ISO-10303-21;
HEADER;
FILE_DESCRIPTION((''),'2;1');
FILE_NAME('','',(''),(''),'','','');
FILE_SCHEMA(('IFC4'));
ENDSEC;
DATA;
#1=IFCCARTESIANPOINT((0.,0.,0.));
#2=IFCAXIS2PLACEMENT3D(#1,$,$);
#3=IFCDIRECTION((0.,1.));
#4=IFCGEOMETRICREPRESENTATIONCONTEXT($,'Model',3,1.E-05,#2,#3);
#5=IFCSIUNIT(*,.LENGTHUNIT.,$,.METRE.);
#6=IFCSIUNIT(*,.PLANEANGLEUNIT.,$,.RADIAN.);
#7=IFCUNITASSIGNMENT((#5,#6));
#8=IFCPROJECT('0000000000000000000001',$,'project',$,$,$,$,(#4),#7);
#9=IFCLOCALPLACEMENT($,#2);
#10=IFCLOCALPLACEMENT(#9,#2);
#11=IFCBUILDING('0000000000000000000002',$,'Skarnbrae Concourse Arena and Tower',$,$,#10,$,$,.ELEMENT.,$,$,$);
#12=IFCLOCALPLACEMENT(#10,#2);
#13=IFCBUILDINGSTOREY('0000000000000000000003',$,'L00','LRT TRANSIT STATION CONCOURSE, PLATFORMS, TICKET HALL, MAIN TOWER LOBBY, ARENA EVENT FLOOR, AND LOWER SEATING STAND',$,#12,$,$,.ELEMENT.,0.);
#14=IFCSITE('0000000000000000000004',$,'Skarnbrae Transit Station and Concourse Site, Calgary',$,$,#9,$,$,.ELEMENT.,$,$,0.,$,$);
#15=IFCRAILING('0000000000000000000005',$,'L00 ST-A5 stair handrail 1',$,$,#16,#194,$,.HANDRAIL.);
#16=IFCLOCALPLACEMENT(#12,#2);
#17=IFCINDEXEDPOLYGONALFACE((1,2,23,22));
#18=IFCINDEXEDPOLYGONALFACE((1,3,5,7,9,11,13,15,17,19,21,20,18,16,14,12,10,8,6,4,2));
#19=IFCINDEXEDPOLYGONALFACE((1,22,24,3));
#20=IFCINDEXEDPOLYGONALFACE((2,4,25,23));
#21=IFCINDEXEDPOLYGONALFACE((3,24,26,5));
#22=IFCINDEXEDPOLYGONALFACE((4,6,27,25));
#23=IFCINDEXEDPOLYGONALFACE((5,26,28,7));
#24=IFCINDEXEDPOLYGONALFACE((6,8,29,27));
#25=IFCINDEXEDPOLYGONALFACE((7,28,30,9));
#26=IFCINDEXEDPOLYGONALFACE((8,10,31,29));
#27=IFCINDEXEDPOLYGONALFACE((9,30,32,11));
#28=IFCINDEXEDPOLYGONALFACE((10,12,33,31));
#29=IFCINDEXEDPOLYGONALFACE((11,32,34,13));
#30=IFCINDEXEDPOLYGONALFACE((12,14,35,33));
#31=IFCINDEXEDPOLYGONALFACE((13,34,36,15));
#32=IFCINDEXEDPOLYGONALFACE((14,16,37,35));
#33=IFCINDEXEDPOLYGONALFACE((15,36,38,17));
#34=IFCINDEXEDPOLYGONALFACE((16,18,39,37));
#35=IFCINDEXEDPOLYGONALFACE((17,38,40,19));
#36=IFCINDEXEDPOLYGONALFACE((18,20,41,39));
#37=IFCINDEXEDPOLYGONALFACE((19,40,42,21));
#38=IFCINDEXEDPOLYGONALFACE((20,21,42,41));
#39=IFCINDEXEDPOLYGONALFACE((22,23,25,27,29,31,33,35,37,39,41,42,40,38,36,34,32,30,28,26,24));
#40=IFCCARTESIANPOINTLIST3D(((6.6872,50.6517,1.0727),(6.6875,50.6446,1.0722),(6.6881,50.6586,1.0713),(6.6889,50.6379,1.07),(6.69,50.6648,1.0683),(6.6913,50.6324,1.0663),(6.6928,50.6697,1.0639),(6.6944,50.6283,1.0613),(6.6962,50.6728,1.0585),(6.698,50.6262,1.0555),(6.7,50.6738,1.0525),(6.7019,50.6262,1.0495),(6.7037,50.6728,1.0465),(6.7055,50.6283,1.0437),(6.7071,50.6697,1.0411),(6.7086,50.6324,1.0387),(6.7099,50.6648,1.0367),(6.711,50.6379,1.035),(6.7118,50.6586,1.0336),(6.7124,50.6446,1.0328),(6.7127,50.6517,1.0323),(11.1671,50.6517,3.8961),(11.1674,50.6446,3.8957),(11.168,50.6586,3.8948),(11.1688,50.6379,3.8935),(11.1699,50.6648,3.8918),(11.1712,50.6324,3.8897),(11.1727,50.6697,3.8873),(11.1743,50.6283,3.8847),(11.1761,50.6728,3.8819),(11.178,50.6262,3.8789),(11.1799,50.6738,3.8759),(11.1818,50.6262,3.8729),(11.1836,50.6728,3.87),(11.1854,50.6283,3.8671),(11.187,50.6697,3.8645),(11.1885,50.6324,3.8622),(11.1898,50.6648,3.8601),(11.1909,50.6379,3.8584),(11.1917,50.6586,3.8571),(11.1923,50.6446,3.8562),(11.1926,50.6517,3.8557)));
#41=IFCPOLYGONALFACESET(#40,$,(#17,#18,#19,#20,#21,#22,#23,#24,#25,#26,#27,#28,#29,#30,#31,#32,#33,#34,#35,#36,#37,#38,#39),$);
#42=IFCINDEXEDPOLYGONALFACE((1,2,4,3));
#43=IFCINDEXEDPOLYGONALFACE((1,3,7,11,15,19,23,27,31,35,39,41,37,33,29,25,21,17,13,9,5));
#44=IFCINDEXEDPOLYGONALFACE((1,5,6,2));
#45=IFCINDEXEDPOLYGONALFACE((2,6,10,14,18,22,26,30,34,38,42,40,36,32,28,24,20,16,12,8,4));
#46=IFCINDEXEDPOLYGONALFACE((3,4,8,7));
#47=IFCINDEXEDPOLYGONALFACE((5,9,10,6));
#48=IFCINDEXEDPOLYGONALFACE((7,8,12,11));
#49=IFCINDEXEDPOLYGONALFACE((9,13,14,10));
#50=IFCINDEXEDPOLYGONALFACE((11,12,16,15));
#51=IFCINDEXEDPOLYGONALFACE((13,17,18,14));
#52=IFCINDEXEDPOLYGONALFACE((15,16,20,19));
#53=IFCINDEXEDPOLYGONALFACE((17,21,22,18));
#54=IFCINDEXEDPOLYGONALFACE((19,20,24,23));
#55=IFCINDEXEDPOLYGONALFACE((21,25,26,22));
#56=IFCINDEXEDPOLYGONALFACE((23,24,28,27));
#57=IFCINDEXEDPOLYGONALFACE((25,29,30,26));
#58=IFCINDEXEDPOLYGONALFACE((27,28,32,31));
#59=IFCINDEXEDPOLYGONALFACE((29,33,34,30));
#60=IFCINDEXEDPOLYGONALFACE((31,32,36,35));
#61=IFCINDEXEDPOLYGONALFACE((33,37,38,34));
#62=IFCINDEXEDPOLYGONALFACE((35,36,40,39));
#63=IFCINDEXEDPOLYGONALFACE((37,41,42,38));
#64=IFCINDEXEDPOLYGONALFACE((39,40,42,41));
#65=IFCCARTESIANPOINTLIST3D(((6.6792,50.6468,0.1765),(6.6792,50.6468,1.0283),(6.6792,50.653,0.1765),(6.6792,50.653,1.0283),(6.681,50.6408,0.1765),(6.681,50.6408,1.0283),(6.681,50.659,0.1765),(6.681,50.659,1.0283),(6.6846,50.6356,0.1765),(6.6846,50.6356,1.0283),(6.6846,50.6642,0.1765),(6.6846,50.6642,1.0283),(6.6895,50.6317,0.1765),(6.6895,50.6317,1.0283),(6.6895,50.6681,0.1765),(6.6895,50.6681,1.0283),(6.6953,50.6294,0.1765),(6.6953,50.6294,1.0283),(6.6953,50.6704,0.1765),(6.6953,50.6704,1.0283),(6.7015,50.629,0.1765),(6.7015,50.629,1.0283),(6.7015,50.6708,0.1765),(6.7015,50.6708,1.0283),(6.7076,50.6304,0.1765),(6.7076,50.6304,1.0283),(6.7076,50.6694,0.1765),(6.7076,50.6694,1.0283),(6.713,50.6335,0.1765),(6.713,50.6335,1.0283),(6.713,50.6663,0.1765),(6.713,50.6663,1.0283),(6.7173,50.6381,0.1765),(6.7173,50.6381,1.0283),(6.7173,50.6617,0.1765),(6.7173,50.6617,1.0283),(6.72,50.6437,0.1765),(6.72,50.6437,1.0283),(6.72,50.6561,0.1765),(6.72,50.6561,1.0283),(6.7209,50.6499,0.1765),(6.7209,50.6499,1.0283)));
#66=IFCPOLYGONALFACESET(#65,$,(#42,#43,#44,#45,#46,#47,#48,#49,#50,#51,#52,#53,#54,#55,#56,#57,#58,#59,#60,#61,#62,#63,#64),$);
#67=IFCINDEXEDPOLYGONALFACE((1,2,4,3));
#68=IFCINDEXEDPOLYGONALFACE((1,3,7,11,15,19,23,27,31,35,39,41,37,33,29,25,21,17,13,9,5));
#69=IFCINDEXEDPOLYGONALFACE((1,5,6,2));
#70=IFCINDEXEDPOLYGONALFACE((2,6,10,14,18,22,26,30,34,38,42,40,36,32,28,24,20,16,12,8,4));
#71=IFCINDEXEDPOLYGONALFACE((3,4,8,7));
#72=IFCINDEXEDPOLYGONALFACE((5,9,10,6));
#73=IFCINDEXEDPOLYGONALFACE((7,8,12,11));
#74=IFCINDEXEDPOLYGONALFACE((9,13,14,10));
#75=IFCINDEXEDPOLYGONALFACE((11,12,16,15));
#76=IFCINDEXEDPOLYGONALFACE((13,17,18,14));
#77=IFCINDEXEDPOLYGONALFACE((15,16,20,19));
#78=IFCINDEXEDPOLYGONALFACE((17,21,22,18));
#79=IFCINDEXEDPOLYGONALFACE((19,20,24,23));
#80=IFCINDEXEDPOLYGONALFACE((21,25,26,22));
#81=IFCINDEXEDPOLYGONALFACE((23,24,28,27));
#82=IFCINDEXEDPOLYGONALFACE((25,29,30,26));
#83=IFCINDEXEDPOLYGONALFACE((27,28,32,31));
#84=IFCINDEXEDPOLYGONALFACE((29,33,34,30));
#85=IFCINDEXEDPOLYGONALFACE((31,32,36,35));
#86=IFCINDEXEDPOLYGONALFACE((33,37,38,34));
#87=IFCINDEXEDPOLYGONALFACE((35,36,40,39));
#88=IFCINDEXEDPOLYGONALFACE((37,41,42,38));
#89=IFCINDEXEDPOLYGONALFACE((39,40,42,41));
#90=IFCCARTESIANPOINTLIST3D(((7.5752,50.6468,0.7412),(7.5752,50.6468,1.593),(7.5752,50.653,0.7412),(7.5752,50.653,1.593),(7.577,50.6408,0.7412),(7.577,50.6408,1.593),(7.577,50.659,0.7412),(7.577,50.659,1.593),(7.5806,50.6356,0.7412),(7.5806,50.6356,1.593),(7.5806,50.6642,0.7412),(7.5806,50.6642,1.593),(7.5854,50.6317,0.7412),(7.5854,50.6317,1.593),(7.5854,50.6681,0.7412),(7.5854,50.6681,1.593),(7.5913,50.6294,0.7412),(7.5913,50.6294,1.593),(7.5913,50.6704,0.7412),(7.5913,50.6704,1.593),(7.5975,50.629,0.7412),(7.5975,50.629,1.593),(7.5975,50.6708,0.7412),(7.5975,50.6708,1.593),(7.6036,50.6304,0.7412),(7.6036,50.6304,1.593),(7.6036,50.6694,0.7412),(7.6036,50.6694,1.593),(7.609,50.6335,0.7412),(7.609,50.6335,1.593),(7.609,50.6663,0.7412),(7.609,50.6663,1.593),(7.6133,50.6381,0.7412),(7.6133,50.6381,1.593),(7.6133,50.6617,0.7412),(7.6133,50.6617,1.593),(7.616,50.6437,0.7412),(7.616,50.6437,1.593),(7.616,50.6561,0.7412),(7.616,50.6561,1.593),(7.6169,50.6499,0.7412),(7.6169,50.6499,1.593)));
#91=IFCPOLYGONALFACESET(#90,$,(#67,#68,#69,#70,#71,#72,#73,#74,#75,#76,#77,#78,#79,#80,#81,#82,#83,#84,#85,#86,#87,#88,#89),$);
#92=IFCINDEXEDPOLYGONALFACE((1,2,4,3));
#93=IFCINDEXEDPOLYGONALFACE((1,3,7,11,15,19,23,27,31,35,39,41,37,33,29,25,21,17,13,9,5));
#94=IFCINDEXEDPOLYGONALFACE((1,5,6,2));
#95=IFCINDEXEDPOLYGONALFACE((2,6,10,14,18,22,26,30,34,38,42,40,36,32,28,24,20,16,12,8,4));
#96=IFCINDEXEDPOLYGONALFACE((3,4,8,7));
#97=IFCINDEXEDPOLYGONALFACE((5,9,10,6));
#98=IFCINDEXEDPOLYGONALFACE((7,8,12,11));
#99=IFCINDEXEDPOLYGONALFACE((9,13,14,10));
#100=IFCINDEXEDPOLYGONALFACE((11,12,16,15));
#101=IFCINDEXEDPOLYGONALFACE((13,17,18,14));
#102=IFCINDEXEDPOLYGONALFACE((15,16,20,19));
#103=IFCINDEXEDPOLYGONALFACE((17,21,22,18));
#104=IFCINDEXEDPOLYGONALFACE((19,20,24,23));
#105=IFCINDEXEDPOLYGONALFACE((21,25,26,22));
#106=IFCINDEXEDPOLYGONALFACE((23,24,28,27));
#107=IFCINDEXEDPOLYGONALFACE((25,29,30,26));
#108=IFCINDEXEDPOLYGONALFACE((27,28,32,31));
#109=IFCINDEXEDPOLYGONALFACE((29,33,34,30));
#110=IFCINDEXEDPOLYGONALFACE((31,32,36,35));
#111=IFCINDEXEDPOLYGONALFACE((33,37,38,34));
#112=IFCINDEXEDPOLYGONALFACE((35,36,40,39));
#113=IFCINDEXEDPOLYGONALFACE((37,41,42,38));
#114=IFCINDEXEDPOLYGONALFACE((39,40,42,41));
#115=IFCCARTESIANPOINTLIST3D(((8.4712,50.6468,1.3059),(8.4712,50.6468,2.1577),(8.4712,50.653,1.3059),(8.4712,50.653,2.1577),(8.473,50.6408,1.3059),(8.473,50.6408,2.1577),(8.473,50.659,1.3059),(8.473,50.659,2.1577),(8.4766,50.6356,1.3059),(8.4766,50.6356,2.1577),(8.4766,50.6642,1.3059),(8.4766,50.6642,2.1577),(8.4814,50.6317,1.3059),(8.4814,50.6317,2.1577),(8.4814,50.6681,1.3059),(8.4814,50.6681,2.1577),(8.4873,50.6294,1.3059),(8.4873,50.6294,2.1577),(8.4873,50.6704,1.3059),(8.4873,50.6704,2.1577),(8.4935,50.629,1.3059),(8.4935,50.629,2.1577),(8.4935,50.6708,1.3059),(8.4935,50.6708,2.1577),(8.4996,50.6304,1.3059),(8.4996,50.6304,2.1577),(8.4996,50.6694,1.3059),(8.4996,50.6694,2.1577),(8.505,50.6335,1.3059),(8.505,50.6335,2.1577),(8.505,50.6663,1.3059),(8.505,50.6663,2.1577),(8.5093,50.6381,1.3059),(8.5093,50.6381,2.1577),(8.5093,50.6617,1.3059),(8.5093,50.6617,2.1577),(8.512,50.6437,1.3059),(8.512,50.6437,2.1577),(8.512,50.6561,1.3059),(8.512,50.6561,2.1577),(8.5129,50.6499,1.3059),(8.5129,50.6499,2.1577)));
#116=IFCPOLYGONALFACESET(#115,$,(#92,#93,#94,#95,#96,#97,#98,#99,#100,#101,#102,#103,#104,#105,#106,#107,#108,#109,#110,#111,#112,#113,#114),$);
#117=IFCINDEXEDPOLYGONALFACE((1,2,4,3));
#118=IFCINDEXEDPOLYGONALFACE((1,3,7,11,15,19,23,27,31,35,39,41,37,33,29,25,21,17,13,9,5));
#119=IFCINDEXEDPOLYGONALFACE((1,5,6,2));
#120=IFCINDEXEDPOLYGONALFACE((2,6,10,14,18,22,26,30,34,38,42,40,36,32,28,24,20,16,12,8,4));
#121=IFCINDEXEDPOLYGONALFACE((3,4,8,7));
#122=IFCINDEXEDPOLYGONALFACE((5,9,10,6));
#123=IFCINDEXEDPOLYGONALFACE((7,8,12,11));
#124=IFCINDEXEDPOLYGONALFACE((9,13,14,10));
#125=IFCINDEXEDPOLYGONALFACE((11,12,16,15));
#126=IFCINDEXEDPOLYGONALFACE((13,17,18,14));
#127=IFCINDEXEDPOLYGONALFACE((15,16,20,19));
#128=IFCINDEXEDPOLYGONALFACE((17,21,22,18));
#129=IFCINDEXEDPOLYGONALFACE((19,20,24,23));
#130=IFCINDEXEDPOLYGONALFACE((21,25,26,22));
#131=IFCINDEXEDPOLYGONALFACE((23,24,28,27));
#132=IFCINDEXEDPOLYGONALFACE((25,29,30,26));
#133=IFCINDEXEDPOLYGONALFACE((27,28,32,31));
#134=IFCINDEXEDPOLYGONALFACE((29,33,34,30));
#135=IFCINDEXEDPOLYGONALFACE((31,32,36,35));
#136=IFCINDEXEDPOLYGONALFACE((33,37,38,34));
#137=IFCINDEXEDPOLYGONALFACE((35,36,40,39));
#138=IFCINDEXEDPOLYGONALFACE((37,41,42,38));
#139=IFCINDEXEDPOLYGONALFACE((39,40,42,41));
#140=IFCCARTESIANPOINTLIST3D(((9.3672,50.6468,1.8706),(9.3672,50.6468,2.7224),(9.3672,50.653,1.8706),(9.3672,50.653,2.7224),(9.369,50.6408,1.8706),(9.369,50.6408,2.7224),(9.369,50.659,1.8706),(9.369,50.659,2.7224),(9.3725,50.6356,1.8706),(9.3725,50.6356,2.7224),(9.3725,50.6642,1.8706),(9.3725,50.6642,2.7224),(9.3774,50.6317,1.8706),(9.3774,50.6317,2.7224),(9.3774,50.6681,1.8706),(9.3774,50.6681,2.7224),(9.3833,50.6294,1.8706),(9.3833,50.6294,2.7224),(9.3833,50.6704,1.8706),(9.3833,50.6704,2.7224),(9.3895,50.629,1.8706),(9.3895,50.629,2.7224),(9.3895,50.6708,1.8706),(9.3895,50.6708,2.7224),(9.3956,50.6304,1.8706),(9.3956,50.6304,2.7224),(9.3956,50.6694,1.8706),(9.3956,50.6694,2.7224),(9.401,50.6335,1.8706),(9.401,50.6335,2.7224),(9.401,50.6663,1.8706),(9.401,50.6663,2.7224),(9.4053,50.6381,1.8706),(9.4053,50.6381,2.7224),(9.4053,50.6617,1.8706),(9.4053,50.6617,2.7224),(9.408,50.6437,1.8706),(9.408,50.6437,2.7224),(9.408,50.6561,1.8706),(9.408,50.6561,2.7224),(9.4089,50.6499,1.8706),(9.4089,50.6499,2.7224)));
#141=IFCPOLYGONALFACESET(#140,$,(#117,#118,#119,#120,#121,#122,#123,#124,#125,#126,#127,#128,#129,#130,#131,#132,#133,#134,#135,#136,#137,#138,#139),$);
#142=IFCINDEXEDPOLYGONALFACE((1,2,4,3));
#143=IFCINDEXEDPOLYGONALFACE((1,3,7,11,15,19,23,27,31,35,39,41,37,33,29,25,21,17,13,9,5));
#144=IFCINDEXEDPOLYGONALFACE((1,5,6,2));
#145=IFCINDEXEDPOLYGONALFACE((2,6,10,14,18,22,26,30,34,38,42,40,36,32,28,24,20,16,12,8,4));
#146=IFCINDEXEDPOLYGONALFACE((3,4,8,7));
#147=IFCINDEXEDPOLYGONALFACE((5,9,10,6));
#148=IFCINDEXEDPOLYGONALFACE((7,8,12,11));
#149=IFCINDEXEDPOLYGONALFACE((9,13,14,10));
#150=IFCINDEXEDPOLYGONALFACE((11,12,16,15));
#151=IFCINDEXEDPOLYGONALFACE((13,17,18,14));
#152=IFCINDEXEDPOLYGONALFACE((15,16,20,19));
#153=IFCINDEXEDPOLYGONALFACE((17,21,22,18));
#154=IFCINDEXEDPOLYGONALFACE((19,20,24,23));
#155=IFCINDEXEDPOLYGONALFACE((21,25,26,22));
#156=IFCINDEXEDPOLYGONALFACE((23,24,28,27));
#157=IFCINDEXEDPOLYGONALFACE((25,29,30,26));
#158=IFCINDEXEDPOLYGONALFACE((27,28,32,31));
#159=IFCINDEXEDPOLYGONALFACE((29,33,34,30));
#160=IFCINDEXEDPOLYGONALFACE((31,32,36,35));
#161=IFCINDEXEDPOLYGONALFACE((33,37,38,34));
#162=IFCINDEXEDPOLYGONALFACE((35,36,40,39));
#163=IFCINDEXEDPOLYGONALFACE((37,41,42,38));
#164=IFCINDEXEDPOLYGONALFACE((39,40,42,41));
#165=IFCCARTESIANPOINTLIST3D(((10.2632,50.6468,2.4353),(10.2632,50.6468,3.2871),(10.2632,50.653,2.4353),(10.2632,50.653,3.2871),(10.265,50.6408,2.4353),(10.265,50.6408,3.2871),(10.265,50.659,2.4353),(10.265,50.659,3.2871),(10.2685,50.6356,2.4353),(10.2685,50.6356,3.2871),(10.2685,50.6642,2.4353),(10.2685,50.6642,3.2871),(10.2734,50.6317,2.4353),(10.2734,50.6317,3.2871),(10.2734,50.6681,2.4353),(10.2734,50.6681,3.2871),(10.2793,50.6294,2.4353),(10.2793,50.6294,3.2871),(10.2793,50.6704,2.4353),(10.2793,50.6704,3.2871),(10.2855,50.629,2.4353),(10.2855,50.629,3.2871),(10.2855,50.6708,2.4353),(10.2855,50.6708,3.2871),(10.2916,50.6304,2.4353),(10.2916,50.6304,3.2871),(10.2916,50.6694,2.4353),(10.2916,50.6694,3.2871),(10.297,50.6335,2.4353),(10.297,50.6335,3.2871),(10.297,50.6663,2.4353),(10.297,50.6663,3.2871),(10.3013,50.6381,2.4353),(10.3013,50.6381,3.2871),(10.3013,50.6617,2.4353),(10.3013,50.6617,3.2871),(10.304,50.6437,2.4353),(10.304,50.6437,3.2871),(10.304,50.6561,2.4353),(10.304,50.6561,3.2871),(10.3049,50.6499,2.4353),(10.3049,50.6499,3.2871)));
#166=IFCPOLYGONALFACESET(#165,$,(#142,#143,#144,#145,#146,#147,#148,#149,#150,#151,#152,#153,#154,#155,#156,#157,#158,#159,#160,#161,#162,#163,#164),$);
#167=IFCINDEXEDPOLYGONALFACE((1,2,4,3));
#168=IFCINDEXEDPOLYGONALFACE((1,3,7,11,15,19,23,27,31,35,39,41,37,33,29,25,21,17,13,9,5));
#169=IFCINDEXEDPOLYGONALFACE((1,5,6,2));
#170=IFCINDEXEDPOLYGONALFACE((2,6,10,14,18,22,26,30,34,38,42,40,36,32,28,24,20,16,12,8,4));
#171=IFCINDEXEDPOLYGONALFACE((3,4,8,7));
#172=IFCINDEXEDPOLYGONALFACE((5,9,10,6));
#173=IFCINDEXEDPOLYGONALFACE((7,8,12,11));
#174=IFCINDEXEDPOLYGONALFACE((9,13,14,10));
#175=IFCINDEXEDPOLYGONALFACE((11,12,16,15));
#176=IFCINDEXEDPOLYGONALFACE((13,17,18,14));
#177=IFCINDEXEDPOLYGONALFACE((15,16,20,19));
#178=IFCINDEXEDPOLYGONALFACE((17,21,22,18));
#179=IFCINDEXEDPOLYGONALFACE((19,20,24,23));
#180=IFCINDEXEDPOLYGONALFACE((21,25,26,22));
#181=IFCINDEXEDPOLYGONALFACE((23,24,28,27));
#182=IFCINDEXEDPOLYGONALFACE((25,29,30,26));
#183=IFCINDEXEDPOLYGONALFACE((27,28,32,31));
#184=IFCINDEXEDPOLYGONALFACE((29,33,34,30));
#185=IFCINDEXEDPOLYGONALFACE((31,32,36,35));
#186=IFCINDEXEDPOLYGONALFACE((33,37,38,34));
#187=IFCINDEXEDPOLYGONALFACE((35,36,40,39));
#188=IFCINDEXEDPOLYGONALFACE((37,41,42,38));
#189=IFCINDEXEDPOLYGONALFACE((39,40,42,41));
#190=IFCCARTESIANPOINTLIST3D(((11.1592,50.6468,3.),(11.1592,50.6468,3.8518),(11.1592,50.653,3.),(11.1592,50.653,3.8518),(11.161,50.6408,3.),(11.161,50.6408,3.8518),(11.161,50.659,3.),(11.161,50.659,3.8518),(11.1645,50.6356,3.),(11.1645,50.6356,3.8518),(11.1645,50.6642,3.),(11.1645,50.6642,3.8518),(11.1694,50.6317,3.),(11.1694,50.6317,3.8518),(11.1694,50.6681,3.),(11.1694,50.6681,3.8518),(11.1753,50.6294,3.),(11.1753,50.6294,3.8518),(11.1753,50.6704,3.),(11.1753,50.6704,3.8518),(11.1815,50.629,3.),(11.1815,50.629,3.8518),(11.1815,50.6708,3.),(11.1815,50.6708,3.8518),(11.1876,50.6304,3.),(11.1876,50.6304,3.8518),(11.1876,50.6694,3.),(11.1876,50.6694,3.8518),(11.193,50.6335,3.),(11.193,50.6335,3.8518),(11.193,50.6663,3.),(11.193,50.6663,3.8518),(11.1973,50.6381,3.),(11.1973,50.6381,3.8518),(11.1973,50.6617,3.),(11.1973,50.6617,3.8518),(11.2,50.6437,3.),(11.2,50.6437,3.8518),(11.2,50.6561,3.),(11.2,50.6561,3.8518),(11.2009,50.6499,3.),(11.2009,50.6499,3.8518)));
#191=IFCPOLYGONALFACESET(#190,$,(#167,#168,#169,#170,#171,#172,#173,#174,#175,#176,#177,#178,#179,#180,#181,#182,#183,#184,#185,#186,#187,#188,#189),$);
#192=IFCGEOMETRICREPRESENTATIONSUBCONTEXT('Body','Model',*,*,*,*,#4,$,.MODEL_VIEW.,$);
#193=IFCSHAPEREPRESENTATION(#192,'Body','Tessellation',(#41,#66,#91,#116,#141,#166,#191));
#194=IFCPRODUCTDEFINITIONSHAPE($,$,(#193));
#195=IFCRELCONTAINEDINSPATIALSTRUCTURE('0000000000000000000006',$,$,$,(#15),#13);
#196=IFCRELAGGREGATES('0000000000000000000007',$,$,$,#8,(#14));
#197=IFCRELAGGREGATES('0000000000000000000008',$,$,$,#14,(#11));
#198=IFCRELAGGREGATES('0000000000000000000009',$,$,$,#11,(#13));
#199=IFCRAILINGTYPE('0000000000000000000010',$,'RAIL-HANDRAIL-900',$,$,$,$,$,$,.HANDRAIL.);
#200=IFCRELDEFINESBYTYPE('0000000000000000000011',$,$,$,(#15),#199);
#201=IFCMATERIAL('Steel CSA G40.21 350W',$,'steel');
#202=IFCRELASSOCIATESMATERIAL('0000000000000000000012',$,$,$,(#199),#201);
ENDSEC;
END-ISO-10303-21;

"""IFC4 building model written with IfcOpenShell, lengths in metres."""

from ifc_helpers import new_model, si_unit, direction, frame, origin, origin_2d, place, context, subcontext, project, spatial, circle, extrude, material, type_object, element, save


model = new_model("IFC4")

# Units and contexts
model_context = context("Model", 3, precision=1e-05, world=origin(), true_north=direction((0.0, 1.0)))
body_context = subcontext(model_context, "Body", "Model", "MODEL_VIEW")
ifc_project = project(units=[si_unit("LENGTHUNIT", "METRE"), si_unit("PLANEANGLEUNIT", "RADIAN")], contexts=[model_context])

# Site, building, storey
site_placement = place(None, origin())
site = spatial("IfcSite", under=ifc_project, at=site_placement, Name="Skarnbrae Transit Station and Concourse Site, Calgary", CompositionType="ELEMENT", RefElevation=0.0)
building_placement = place(site_placement, origin())
building = spatial("IfcBuilding", under=site, at=building_placement, Name="Skarnbrae Concourse Arena and Tower", CompositionType="ELEMENT")
storey_placement = place(building_placement, origin())
storey = spatial("IfcBuildingStorey", under=building, at=storey_placement, Name="L00", Description="LRT TRANSIT STATION CONCOURSE, PLATFORMS, TICKET HALL, MAIN TOWER LOBBY, ARENA EVENT FLOOR, AND LOWER SEATING STAND", CompositionType="ELEMENT", Elevation=0.0)

# Shared definitions
ifc_material_1 = material(Name="Steel CSA G40.21 350W", Category="steel")

# Railing
railing_type_1 = type_object("IfcRailingType", Name="RAIL-HANDRAIL-900", PredefinedType="HANDRAIL", material=ifc_material_1)
railing_1_placement = place(storey_placement, frame((6.7, 50.6499, 0.1765)))
element("IfcRailing", 1, at=railing_1_placement, inside=storey, type_object=railing_type_1, Name="L00 ST-A5 stair handrail 1", PredefinedType="HANDRAIL", context=body_context, shape_type="SweptSolid", body=[
    extrude(circle(Radius=0.0239, at=origin_2d()), frame((0.0, 0.0, 0.876), z_axis=(0.845998, 0.0, 0.533186), x_axis=(0.0, 1.0, 0.0)), (0.0, 0.0, 1.0), 5.2954),
    extrude(circle(Radius=0.021, at=origin_2d()), origin(), (0.0, 0.0, 1.0), 0.8518),
    extrude(circle(Radius=0.021, at=origin_2d()), frame((0.896, 0.0, 0.5647)), (0.0, 0.0, 1.0), 0.8518),
    extrude(circle(Radius=0.021, at=origin_2d()), frame((1.792, 0.0, 1.1294)), (0.0, 0.0, 1.0), 0.8518),
    extrude(circle(Radius=0.021, at=origin_2d()), frame((2.688, 0.0, 1.6941)), (0.0, 0.0, 1.0), 0.8518),
    extrude(circle(Radius=0.021, at=origin_2d()), frame((3.584, 0.0, 2.2588)), (0.0, 0.0, 1.0), 0.8518),
    extrude(circle(Radius=0.021, at=origin_2d()), frame((4.48, 0.0, 2.8235)), (0.0, 0.0, 1.0), 0.8518),
])

save(model, "model.ifc")
